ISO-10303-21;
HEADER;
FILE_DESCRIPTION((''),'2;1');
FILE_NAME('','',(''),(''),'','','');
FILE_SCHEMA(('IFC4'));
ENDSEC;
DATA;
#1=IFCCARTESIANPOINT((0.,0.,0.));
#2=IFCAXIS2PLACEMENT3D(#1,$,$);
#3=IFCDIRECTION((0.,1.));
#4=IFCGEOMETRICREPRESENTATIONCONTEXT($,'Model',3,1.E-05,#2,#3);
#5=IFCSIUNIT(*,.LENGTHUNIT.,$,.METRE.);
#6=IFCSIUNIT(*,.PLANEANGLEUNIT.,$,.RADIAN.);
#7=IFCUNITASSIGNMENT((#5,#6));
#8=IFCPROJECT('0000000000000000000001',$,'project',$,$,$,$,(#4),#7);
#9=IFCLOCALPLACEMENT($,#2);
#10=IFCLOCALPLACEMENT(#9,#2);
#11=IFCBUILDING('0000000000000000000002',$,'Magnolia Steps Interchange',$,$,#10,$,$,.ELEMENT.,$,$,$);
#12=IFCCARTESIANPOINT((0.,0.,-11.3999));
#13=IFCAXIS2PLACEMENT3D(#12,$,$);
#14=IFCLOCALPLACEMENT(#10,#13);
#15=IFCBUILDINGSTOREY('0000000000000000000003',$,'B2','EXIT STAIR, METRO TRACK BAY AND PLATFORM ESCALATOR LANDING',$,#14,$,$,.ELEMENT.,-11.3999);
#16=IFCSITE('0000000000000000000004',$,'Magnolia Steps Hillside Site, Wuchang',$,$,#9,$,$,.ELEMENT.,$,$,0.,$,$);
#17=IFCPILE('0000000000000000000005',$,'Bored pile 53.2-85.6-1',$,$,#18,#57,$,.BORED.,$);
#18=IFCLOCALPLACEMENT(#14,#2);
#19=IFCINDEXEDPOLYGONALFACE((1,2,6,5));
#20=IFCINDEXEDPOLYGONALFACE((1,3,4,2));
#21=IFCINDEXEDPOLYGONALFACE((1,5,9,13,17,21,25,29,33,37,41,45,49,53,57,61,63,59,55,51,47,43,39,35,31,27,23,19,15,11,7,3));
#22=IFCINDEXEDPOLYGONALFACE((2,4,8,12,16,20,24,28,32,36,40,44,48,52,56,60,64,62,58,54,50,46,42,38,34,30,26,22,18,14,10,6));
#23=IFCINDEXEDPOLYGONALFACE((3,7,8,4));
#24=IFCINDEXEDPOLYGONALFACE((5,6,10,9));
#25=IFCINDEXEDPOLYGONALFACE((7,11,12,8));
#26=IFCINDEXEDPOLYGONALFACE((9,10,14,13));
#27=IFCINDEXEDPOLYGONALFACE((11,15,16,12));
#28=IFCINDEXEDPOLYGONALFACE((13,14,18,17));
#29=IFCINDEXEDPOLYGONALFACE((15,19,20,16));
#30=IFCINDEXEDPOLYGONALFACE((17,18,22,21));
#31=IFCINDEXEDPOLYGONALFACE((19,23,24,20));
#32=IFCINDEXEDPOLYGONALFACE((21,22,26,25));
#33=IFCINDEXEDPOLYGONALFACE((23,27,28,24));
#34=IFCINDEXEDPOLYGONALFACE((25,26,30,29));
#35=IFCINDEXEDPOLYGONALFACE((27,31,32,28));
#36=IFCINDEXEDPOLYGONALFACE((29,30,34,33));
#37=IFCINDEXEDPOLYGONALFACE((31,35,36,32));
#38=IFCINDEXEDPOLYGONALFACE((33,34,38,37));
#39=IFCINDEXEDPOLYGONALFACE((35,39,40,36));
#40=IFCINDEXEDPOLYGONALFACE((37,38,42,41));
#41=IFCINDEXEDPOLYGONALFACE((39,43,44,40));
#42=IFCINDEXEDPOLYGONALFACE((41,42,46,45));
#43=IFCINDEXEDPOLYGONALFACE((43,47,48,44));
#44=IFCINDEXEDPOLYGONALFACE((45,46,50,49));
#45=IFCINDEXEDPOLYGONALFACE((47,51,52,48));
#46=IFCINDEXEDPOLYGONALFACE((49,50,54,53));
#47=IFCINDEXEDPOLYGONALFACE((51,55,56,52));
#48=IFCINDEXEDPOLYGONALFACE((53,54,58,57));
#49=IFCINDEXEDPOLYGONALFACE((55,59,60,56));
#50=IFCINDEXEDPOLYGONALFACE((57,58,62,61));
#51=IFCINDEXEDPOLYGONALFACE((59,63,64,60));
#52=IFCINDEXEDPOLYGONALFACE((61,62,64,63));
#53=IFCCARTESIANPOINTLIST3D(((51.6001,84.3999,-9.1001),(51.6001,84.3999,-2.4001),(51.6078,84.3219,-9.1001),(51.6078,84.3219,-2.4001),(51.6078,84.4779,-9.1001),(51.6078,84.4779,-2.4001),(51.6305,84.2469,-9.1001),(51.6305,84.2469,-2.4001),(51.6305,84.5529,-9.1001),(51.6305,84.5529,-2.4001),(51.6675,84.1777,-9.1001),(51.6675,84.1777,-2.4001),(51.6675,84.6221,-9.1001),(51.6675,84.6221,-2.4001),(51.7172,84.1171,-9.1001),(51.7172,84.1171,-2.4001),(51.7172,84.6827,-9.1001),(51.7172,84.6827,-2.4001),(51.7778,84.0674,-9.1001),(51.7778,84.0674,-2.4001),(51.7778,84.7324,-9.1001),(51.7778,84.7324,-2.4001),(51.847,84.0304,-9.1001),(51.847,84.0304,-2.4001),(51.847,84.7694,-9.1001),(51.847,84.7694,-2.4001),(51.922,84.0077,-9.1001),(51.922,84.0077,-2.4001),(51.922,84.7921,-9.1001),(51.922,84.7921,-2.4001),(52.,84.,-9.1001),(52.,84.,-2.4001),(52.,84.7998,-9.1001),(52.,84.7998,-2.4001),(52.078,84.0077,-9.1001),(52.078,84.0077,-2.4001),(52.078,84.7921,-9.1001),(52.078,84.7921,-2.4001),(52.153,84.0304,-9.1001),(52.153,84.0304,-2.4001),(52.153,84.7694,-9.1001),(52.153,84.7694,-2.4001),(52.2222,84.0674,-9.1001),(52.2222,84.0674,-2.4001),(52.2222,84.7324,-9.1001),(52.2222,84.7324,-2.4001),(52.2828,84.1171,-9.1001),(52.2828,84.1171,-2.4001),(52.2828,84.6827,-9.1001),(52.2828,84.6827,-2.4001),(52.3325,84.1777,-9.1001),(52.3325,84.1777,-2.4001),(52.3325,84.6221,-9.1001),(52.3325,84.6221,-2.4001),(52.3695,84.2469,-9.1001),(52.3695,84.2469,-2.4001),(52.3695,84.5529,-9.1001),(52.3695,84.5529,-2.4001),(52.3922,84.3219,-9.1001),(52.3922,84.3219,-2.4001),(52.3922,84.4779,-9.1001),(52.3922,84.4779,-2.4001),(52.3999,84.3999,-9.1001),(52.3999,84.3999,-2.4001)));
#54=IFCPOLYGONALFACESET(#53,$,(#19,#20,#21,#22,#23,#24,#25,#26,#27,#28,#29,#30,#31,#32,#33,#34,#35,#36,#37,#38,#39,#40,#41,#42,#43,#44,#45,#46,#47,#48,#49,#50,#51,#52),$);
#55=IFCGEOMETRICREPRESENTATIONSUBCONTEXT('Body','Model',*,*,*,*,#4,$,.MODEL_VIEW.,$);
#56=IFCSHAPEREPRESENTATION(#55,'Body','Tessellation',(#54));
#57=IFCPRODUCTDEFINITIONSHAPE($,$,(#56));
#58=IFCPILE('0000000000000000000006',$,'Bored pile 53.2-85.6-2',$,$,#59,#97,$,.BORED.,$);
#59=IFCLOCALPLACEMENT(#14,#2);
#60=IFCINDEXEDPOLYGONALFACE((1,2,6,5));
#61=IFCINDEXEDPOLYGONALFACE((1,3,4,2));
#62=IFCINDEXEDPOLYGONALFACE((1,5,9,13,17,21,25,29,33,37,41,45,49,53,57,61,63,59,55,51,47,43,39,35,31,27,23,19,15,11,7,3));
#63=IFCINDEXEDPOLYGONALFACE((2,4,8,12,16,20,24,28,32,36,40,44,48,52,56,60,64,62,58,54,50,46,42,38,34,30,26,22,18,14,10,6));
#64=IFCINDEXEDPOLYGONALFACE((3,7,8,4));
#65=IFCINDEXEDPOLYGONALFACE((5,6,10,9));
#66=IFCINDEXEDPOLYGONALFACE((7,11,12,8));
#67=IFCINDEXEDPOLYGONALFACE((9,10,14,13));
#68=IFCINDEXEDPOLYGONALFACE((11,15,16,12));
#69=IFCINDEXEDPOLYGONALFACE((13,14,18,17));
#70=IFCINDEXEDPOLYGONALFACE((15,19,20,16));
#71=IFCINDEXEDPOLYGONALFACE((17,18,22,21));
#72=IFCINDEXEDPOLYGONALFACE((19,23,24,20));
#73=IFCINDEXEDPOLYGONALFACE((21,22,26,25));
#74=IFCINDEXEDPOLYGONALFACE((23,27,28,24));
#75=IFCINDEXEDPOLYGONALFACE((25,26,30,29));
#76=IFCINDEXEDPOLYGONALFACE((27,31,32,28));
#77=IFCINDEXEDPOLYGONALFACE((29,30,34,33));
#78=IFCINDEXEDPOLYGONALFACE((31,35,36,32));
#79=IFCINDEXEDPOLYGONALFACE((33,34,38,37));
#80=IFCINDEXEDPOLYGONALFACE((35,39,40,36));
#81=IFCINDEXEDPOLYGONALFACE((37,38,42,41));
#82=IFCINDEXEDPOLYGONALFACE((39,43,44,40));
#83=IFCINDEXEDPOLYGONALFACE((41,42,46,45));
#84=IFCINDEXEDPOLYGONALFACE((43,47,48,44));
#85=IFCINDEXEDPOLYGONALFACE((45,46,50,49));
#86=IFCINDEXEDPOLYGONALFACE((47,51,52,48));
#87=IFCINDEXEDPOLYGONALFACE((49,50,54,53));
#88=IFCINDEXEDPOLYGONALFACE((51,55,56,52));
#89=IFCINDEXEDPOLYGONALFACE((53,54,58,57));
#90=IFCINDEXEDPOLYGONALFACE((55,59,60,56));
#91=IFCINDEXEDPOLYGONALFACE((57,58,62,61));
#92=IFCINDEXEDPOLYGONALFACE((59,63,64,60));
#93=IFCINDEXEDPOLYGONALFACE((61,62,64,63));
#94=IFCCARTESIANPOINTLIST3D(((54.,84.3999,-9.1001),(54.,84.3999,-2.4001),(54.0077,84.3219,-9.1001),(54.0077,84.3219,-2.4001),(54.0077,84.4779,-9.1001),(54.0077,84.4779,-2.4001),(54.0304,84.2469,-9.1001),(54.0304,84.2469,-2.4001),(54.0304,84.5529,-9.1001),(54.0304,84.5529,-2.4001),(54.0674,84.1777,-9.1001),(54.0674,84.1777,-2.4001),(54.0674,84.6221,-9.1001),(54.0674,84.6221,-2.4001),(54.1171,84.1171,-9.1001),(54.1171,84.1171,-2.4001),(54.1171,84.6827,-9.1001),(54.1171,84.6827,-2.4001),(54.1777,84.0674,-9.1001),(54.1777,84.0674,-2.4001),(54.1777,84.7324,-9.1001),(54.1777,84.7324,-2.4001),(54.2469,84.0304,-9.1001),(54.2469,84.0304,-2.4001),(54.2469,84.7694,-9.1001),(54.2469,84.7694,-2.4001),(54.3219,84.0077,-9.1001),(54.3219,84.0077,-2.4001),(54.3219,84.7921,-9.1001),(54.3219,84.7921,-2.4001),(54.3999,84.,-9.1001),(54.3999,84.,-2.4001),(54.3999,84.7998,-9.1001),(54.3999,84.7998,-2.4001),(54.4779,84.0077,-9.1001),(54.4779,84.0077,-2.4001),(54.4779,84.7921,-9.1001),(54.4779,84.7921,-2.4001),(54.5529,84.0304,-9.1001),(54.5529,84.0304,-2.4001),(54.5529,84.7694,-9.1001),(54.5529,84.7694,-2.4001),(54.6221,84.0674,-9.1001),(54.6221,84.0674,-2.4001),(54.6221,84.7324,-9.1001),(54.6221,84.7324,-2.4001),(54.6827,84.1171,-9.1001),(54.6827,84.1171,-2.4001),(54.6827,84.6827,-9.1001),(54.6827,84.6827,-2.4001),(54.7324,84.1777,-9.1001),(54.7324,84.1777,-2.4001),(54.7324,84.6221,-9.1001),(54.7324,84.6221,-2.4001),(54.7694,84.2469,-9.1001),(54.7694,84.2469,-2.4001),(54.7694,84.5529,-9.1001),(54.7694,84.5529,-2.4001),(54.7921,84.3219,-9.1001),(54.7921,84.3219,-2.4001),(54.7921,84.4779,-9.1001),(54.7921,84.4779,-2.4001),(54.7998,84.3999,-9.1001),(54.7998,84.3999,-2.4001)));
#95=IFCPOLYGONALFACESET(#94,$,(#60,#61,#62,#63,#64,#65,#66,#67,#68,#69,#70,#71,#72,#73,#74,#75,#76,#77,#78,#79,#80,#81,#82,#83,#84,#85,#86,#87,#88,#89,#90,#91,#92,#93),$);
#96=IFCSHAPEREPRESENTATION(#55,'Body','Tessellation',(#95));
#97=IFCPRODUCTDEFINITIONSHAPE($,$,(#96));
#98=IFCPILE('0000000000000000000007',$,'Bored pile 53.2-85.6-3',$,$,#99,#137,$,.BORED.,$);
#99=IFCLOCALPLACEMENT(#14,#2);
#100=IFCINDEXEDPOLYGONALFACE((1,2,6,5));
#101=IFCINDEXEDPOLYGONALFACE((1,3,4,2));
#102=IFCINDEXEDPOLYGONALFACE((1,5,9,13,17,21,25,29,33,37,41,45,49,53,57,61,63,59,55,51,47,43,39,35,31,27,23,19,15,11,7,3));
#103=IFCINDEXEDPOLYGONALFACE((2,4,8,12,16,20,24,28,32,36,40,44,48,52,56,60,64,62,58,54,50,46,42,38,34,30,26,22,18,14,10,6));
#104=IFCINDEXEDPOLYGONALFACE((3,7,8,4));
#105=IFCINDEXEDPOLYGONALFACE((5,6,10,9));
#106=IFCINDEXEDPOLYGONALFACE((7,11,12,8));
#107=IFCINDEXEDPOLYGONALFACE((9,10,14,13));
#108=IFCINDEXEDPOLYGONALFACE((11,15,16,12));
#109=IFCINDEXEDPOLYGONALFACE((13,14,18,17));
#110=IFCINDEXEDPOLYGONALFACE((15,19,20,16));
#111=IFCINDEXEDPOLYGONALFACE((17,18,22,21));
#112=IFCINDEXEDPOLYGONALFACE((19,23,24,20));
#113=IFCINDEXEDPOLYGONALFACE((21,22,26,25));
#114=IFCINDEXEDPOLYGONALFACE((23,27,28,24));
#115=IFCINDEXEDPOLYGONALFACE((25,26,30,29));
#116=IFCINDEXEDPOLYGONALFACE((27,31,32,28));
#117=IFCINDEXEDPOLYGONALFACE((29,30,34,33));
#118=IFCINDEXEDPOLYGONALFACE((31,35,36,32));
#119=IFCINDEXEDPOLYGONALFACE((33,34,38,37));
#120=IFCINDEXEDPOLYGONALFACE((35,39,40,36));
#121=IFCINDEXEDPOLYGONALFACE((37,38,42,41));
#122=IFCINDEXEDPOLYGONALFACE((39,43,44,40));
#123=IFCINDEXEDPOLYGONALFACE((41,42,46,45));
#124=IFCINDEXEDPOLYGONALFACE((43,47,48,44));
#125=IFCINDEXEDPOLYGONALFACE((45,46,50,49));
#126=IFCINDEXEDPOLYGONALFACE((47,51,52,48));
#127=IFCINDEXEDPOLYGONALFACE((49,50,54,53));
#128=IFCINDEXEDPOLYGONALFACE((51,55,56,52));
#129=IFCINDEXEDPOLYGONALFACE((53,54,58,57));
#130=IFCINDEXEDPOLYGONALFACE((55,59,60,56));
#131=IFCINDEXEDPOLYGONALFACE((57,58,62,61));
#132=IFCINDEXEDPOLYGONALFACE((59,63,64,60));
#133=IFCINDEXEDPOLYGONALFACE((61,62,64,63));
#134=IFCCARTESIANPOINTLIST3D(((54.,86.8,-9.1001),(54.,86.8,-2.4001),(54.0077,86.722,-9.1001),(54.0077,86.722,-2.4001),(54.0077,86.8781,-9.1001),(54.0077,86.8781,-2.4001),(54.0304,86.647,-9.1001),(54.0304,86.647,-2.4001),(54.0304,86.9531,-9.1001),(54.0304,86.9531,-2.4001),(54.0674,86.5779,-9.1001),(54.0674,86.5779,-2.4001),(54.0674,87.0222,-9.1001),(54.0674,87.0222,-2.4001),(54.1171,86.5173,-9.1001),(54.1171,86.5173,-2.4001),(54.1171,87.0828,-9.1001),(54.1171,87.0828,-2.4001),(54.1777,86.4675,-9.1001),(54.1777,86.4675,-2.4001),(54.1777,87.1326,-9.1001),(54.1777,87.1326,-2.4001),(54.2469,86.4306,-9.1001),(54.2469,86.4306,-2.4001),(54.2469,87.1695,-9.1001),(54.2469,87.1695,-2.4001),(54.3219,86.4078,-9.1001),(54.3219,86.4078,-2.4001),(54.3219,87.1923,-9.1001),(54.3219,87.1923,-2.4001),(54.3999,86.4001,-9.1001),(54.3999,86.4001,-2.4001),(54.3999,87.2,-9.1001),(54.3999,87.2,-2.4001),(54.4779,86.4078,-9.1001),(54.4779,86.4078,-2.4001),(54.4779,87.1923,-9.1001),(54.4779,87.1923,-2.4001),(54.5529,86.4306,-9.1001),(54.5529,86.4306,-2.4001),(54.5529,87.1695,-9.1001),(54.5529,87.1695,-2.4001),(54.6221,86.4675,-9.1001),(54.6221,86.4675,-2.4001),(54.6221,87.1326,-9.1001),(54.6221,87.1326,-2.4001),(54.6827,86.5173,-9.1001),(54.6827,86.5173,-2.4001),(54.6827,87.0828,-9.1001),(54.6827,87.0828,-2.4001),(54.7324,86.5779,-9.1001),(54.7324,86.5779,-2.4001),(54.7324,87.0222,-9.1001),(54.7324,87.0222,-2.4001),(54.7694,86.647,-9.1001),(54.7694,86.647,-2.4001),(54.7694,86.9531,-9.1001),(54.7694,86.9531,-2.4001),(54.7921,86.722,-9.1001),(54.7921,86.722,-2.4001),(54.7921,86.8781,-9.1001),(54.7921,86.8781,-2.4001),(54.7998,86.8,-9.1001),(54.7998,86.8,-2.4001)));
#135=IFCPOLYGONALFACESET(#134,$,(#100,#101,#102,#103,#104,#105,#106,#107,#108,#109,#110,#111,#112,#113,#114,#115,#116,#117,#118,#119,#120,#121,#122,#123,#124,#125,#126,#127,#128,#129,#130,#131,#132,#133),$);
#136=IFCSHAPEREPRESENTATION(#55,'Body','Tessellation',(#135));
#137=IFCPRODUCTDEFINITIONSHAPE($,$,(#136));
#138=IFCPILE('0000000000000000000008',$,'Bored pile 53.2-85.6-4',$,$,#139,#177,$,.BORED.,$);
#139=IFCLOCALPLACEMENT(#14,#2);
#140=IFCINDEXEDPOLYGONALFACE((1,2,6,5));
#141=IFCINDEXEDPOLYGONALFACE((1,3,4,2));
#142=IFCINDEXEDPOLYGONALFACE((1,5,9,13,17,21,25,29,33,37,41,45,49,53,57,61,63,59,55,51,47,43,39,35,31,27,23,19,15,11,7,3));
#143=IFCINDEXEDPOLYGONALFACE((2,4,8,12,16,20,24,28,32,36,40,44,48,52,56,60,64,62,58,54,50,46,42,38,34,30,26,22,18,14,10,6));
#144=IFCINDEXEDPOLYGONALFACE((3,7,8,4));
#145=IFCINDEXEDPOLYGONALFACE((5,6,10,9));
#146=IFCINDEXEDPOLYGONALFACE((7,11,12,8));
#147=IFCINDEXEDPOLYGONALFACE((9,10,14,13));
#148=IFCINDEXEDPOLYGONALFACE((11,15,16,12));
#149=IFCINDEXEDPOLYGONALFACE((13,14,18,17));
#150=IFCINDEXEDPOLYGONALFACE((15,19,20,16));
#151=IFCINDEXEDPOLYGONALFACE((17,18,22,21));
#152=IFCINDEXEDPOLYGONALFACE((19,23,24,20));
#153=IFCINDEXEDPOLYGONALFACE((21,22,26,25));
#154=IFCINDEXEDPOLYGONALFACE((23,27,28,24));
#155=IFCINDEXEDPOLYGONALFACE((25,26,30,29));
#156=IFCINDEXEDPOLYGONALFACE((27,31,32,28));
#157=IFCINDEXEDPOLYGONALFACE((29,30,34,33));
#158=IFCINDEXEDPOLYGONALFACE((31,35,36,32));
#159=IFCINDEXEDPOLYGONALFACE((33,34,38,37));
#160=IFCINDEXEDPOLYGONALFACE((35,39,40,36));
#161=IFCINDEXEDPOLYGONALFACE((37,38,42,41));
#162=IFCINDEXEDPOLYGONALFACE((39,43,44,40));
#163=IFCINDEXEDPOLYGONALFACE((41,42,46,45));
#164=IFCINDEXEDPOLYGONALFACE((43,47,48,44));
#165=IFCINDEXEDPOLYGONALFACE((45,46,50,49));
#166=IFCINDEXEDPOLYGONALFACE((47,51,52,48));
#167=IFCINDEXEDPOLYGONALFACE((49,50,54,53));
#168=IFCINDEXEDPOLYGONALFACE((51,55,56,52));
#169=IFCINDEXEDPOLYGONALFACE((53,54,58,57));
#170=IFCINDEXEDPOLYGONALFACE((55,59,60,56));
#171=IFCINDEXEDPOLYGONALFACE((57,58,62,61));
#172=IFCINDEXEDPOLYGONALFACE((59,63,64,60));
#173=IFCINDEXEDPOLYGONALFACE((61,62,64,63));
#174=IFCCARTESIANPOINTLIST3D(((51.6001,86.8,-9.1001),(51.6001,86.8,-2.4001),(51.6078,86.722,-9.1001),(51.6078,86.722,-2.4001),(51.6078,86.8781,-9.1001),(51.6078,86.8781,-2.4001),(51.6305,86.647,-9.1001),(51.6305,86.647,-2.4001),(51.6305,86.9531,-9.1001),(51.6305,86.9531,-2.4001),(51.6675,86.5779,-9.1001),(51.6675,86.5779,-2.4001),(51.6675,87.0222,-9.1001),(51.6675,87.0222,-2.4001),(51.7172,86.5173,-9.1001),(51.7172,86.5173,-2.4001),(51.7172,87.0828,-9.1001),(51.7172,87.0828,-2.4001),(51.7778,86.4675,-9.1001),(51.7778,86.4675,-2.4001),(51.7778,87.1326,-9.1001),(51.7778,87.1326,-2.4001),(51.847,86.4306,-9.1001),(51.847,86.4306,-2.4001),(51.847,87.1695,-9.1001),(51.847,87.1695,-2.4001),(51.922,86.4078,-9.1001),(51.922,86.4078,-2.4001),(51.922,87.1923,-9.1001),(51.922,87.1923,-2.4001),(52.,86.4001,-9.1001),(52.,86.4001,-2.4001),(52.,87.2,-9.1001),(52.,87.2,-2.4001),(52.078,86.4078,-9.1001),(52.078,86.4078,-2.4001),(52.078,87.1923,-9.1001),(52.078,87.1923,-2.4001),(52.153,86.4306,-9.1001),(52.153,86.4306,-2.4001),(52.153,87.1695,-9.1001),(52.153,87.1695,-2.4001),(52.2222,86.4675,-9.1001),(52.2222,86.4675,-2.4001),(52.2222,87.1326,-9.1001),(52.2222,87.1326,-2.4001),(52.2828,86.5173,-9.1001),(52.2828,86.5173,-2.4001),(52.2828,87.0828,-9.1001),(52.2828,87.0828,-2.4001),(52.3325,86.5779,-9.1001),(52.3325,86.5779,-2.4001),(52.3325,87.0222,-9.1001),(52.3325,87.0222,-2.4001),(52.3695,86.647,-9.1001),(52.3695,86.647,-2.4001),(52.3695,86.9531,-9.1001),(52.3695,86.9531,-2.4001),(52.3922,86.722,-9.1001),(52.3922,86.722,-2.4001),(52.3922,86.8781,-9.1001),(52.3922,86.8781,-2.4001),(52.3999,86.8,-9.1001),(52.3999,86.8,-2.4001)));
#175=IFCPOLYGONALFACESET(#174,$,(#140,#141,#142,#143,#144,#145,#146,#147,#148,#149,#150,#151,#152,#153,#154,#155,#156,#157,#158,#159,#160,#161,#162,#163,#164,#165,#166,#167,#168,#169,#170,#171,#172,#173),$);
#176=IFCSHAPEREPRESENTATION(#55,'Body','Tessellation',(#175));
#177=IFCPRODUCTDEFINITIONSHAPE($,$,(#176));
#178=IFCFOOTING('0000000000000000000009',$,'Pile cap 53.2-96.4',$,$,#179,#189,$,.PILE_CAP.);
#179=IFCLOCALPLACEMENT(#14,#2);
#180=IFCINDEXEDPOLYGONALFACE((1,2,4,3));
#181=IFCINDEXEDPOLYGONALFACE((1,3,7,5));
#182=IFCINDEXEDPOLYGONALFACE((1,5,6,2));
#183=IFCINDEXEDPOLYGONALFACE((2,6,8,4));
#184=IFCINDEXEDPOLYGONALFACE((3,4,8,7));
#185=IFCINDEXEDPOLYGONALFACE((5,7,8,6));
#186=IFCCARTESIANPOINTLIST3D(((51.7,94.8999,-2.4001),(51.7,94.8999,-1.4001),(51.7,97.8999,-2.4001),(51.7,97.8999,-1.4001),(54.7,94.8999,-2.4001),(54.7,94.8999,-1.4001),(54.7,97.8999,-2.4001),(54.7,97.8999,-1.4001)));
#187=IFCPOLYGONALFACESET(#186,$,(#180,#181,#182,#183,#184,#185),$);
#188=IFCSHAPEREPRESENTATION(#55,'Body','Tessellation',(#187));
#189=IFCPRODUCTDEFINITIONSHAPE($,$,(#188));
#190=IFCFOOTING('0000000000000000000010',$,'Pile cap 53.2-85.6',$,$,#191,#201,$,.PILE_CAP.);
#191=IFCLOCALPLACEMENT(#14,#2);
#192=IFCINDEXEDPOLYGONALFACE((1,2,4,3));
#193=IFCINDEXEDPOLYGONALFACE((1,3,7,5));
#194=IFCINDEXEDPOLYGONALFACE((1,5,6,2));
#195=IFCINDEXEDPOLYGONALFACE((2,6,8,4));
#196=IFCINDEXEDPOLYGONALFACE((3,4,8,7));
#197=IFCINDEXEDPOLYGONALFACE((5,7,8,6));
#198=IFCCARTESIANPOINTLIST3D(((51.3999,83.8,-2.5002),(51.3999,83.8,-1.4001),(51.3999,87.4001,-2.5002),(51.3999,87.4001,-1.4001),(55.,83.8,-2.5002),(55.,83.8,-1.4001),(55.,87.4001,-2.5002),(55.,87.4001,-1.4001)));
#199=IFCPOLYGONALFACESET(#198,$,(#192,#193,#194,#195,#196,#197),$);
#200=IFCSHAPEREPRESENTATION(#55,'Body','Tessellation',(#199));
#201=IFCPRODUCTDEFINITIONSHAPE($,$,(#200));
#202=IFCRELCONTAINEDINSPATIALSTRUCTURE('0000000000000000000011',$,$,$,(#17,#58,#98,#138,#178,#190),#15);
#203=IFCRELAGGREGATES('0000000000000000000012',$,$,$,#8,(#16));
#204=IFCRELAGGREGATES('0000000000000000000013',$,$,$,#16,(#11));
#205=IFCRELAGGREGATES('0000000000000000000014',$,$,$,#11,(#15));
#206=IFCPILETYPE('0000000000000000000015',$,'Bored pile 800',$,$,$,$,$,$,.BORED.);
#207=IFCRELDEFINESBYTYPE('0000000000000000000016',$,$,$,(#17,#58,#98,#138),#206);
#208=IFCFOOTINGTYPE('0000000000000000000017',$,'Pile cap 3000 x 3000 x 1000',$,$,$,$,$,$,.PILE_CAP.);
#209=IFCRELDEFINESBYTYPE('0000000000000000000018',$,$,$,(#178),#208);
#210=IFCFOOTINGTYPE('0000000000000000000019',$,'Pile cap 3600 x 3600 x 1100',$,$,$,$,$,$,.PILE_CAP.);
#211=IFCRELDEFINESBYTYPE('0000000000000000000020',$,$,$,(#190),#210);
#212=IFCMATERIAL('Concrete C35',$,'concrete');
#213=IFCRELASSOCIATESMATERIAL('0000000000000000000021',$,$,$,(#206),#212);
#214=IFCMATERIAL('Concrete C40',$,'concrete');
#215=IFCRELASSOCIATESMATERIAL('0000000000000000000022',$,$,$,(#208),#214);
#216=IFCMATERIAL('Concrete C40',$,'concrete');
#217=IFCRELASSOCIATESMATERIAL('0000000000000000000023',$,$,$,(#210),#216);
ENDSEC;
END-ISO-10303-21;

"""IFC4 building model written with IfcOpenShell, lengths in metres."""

from ifc_helpers import new_model, si_unit, direction, frame, origin, origin_2d, place, context, subcontext, project, spatial, rectangle, circle, extrude, material, material_profile, profile_set, type_object, element, save


model = new_model("IFC4")

# Units and contexts
model_context = context("Model", 3, precision=1e-05, world=origin(), true_north=direction((0.0, 1.0)))
body_context = subcontext(model_context, "Body", "Model", "MODEL_VIEW")
ifc_project = project(units=[si_unit("LENGTHUNIT", "METRE"), si_unit("PLANEANGLEUNIT", "RADIAN")], contexts=[model_context])

# Site, building, storey
site_placement = place(None, origin())
site = spatial("IfcSite", under=ifc_project, at=site_placement, Name="Magnolia Steps Hillside Site, Wuchang", CompositionType="ELEMENT", RefElevation=0.0)
building_placement = place(site_placement, origin())
building = spatial("IfcBuilding", under=site, at=building_placement, Name="Magnolia Steps Interchange", CompositionType="ELEMENT")
storey_placement = place(building_placement, frame((0.0, 0.0, -11.3999)))
storey = spatial("IfcBuildingStorey", under=building, at=storey_placement, Name="B2", Description="EXIT STAIR, METRO TRACK BAY AND PLATFORM ESCALATOR LANDING", CompositionType="ELEMENT", Elevation=-11.3999)

# Piles
ifc_material_1 = material(Name="Concrete C35", Category="concrete")
ifc_material_profile_1 = material_profile(ifc_material_1, circle(Radius=0.3999, at=origin_2d()), Name="Bored pile 800")
ifc_profile_set_1 = profile_set([ifc_material_profile_1], Name="Concrete C35")
pile_type_1 = type_object("IfcPileType", Name="Bored pile 800", PredefinedType="BORED", material=ifc_profile_set_1)
for number, where, z_axis, x_axis, name in (
    (1, (52.0, 84.3999, -2.4001), (0.0, 0.0, -1.0), (1.0, 0.0, 0.0), "Bored pile 53.2-85.6-1"),
    (2, (54.3999, 84.3999, -2.4001), (0.0, 0.0, -1.0), (1.0, 0.0, 0.0), "Bored pile 53.2-85.6-2"),
    (3, (54.3999, 86.8, -2.4001), (0.0, 0.0, -1.0), (1.0, 0.0, 0.0), "Bored pile 53.2-85.6-3"),
    (4, (52.0, 86.8, -2.4001), (0.0, 0.0, -1.0), (1.0, 0.0, 0.0), "Bored pile 53.2-85.6-4"),
):
    element("IfcPile", number, at=place(storey_placement, frame(where, z_axis=z_axis, x_axis=x_axis)), inside=storey, type_object=pile_type_1, Name=name, PredefinedType="BORED", context=body_context, shape_type="SweptSolid", body=[
        extrude(circle(Radius=0.3999, at=origin_2d()), origin(), (0.0, 0.0, 1.0), 6.7),
    ])

# Footings
ifc_material_2 = material(Name="Concrete C40", Category="concrete")
footing_type_1 = type_object("IfcFootingType", Name="Pile cap 3000 x 3000 x 1000", PredefinedType="PILE_CAP", material=ifc_material_2)
footing_1_placement = place(storey_placement, frame((53.2, 96.3999, -2.4001), z_axis=(0.0, 0.0, 1.0), x_axis=(1.0, 0.0, 0.0)))
element("IfcFooting", 5, at=footing_1_placement, inside=storey, type_object=footing_type_1, Name="Pile cap 53.2-96.4", PredefinedType="PILE_CAP", context=body_context, shape_type="SweptSolid", body=[
    extrude(rectangle(XDim=3.0, YDim=3.0, at=origin_2d()), origin(), (0.0, 0.0, 1.0), 1.0),
])
ifc_material_3 = material(Name="Concrete C40", Category="concrete")
footing_type_2 = type_object("IfcFootingType", Name="Pile cap 3600 x 3600 x 1100", PredefinedType="PILE_CAP", material=ifc_material_3)
footing_2_placement = place(storey_placement, frame((53.2, 85.6001, -2.5002), z_axis=(0.0, 0.0, 1.0), x_axis=(1.0, 0.0, 0.0)))
element("IfcFooting", 6, at=footing_2_placement, inside=storey, type_object=footing_type_2, Name="Pile cap 53.2-85.6", PredefinedType="PILE_CAP", context=body_context, shape_type="SweptSolid", body=[
    extrude(rectangle(XDim=3.6001, YDim=3.6001, at=origin_2d()), origin(), (0.0, 0.0, 1.0), 1.1001),
])

save(model, "model.ifc")
